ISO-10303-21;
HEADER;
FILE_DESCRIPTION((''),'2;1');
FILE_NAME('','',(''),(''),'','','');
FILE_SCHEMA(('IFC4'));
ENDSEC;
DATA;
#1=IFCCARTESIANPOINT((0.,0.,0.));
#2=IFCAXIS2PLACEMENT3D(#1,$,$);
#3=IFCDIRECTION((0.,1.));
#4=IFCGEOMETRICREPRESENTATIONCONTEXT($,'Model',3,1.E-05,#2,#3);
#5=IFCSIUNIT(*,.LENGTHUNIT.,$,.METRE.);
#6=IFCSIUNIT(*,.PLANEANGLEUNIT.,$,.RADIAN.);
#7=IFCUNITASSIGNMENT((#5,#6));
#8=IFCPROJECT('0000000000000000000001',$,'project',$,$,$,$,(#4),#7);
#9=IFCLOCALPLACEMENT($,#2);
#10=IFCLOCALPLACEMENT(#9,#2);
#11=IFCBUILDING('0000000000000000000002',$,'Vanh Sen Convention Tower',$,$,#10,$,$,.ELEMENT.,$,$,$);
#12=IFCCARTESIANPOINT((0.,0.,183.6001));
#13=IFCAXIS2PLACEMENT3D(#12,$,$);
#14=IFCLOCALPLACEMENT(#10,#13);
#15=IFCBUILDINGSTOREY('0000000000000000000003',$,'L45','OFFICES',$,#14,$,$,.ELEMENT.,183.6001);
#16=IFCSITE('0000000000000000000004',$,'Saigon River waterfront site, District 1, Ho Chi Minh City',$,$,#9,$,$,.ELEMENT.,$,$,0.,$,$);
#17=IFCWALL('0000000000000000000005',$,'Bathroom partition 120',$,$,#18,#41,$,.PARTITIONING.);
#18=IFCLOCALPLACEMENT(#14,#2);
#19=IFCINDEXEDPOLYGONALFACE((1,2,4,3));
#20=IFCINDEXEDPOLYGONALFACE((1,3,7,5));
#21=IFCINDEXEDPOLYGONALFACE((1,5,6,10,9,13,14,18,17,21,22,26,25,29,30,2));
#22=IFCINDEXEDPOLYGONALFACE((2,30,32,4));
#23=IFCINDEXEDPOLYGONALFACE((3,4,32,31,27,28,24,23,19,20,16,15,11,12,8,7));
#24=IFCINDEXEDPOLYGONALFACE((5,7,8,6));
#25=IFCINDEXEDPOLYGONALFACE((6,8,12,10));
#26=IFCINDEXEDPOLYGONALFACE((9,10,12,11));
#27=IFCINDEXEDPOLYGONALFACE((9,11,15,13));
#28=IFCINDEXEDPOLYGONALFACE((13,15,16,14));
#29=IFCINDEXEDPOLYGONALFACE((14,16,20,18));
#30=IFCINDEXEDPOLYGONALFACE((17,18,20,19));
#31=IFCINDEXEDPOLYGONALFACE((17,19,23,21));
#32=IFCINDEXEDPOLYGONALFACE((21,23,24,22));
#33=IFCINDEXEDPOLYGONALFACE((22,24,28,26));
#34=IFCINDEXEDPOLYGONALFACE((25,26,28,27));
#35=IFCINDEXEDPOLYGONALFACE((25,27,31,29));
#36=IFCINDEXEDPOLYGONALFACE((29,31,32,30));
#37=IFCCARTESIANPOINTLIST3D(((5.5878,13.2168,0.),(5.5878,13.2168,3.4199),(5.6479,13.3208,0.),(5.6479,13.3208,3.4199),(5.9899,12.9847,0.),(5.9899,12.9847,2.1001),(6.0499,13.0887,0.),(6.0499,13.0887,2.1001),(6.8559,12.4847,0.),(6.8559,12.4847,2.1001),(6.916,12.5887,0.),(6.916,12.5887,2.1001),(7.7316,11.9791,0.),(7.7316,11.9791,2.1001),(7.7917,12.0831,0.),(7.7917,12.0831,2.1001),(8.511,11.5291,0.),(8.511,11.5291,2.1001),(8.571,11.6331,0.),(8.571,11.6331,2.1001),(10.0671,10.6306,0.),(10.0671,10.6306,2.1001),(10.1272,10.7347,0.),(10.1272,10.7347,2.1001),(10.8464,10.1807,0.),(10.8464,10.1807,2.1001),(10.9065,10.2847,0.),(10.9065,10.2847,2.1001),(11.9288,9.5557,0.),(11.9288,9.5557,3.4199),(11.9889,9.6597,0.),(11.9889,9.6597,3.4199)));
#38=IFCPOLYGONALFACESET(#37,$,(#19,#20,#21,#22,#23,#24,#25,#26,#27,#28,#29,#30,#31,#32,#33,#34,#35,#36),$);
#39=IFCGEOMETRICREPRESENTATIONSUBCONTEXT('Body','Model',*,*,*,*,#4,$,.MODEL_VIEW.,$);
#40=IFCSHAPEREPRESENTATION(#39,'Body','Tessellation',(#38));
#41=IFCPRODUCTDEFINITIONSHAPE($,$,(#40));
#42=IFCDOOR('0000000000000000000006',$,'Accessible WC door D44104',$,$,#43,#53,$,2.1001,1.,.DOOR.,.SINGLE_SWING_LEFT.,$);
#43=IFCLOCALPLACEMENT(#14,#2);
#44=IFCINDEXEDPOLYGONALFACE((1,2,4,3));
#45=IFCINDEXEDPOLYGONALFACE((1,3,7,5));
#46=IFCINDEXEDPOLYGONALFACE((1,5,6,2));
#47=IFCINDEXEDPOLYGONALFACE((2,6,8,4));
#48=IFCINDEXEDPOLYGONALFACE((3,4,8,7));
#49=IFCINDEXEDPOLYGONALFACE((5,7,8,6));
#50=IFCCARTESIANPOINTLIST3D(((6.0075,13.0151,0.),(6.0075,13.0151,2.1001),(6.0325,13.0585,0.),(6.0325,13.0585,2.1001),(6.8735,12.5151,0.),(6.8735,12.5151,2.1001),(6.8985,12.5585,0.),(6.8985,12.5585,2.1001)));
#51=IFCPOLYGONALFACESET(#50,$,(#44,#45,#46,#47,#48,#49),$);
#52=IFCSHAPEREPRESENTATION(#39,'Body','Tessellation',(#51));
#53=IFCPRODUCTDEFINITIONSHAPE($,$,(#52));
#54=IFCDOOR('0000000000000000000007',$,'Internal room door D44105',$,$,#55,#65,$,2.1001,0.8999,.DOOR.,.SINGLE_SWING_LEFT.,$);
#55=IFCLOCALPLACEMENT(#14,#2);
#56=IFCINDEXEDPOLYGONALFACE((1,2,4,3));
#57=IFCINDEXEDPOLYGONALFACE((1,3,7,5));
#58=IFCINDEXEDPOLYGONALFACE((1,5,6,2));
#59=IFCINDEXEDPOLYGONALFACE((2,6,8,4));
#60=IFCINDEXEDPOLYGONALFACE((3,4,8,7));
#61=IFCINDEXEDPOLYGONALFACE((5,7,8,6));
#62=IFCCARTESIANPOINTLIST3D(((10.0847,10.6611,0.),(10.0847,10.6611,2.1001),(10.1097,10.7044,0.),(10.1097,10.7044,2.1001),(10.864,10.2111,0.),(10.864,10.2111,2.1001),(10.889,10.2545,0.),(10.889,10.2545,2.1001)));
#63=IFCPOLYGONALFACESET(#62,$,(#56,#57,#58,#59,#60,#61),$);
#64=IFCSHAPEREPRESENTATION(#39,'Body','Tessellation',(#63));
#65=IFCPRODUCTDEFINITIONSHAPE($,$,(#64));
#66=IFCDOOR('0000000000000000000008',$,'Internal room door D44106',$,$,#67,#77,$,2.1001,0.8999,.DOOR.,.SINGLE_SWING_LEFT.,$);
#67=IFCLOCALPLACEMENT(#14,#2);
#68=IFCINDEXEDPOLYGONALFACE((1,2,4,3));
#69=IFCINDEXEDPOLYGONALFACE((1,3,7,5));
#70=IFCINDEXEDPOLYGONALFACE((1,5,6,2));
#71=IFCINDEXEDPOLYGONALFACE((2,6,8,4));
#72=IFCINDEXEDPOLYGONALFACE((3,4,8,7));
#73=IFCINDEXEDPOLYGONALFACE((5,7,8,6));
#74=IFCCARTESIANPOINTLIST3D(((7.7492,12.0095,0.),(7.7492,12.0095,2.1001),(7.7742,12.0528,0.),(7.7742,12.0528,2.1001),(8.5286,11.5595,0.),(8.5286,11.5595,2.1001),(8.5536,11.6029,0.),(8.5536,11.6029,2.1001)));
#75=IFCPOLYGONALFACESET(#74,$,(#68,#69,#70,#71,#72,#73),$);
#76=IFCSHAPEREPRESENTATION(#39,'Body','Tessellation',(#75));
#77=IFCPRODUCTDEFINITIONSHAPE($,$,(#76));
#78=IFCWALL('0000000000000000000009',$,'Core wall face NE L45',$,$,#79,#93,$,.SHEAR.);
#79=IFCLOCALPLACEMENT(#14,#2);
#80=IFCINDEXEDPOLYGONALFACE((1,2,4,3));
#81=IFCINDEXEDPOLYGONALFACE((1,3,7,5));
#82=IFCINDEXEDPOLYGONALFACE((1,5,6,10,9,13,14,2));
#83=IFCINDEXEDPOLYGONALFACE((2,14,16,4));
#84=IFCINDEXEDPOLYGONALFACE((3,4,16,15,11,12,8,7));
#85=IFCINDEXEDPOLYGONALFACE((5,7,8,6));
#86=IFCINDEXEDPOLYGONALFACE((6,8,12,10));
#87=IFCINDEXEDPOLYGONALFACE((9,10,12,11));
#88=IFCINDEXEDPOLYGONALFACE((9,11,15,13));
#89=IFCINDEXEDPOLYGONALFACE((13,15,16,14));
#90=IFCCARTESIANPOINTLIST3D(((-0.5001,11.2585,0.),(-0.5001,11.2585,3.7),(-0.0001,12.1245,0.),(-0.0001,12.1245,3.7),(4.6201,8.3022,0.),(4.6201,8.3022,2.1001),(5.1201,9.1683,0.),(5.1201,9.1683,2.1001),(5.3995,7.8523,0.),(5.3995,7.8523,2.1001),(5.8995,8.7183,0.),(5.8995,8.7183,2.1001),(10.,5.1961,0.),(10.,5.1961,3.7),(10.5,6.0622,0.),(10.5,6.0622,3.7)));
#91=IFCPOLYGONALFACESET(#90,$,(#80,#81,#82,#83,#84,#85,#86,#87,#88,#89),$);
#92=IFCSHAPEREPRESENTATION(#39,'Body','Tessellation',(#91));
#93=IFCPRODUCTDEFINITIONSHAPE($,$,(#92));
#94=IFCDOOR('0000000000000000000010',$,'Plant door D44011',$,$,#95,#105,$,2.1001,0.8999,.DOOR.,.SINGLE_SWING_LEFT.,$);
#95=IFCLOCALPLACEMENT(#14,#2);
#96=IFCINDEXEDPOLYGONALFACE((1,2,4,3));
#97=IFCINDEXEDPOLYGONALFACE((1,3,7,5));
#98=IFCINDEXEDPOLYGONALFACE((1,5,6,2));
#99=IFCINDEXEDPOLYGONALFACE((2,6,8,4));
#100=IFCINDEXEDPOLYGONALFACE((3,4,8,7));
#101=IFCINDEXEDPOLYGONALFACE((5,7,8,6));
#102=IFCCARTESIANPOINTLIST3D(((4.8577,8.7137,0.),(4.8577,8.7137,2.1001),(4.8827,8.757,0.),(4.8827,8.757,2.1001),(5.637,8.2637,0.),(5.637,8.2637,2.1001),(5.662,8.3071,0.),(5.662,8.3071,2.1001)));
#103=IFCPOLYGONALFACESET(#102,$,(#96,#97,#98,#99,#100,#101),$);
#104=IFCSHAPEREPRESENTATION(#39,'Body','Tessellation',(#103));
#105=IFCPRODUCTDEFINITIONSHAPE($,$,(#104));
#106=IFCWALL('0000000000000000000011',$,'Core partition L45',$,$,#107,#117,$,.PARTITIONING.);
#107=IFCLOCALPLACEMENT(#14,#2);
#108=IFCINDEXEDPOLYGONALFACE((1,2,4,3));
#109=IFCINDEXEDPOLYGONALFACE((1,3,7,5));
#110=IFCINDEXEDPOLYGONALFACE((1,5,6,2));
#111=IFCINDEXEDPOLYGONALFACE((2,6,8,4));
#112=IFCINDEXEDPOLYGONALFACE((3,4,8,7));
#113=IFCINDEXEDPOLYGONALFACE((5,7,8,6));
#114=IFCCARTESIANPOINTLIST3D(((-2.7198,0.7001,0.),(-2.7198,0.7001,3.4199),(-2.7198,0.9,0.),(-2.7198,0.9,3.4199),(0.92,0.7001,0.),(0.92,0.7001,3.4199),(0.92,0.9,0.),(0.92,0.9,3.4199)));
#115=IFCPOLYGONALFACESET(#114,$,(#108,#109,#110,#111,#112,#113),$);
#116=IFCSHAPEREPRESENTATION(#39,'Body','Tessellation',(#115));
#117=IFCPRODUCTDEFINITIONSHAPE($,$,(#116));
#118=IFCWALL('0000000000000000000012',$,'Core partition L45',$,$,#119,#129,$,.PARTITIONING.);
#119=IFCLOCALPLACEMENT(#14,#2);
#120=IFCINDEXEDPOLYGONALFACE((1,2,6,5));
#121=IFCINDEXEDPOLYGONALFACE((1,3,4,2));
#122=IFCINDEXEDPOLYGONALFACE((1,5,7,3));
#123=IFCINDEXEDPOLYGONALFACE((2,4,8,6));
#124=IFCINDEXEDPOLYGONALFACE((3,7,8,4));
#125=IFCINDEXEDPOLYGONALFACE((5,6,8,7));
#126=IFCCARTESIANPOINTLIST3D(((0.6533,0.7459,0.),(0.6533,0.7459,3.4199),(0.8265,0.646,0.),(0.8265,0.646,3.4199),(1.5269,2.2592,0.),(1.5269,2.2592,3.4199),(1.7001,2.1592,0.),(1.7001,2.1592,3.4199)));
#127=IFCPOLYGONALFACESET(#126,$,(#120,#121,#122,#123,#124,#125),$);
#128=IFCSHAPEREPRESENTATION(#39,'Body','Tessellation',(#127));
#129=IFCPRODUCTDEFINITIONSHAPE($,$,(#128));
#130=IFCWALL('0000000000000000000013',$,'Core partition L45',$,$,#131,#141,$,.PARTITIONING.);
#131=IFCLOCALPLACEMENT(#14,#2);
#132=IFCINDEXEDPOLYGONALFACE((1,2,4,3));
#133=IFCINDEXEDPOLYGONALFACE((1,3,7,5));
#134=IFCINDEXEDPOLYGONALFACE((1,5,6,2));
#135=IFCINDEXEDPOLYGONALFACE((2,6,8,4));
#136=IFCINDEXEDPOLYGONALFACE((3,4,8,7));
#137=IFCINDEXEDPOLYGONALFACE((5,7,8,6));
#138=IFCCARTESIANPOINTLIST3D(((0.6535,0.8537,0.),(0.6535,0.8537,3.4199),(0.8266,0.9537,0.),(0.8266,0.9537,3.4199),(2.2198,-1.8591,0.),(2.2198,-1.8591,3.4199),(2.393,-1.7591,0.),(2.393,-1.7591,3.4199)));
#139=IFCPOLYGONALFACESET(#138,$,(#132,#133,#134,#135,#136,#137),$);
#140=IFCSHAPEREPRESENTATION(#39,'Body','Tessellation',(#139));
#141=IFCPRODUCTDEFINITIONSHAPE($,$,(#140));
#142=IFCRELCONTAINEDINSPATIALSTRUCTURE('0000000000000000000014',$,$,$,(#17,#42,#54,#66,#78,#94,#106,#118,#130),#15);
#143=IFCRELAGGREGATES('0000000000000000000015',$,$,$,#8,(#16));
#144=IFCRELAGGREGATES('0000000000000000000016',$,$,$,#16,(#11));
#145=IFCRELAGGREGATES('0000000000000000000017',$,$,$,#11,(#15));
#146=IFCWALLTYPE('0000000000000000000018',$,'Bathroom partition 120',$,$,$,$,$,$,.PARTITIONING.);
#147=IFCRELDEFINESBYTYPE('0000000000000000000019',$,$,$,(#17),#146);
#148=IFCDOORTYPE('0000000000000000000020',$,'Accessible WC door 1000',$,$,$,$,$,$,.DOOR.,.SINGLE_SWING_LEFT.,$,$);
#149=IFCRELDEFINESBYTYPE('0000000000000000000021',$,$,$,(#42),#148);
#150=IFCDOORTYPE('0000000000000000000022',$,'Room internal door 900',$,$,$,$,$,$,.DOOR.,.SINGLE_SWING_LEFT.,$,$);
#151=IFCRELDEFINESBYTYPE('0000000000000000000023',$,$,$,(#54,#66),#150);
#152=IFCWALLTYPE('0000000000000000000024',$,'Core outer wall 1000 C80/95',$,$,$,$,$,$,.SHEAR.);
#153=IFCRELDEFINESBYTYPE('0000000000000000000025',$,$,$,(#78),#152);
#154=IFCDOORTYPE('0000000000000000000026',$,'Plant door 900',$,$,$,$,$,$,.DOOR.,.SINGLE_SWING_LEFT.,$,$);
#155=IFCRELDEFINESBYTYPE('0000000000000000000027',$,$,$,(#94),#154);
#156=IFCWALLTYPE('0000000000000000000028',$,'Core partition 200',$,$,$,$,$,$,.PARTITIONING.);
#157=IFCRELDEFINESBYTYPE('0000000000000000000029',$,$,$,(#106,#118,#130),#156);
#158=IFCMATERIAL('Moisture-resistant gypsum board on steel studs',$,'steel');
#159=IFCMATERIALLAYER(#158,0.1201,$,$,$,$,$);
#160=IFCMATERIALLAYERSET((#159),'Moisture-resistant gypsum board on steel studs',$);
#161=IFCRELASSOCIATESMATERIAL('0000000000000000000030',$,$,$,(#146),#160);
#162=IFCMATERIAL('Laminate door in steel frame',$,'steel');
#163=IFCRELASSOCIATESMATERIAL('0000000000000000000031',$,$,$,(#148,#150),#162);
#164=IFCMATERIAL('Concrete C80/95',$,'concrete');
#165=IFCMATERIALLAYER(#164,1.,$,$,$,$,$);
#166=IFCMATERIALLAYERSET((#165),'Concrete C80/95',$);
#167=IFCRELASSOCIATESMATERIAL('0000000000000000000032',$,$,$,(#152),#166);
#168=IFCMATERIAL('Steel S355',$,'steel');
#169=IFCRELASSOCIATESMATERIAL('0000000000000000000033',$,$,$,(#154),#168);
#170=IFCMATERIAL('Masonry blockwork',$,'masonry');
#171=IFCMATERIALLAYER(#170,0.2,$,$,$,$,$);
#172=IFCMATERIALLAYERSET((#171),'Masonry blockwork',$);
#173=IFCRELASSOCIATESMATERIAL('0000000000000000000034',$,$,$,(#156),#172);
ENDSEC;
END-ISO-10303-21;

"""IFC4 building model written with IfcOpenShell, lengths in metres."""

from ifc_helpers import new_model, si_unit, direction, frame, frame_2d, origin, place, context, subcontext, project, spatial, rectangle, extrude, material, layer, layer_set, type_object, element, fill, save


model = new_model("IFC4")

# Units and contexts
model_context = context("Model", 3, precision=1e-05, world=origin(), true_north=direction((0.0, 1.0)))
body_context = subcontext(model_context, "Body", "Model", "MODEL_VIEW")
ifc_project = project(units=[si_unit("LENGTHUNIT", "METRE"), si_unit("PLANEANGLEUNIT", "RADIAN")], contexts=[model_context])

# Site, building, storey
site_placement = place(None, origin())
site = spatial("IfcSite", under=ifc_project, at=site_placement, Name="Saigon River waterfront site, District 1, Ho Chi Minh City", CompositionType="ELEMENT", RefElevation=0.0)
building_placement = place(site_placement, origin())
building = spatial("IfcBuilding", under=site, at=building_placement, Name="Vanh Sen Convention Tower", CompositionType="ELEMENT")
storey_placement = place(building_placement, frame((0.0, 0.0, 183.6001)))
storey = spatial("IfcBuildingStorey", under=building, at=storey_placement, Name="L45", Description="OFFICES", CompositionType="ELEMENT", Elevation=183.6001)

# Wall, openings, doors
ifc_material_1 = material(Name="Moisture-resistant gypsum board on steel studs", Category="steel")
ifc_layer_1 = layer(ifc_material_1, 0.1201)
ifc_layer_set_1 = layer_set([ifc_layer_1], Name="Moisture-resistant gypsum board on steel studs")
wall_type_1 = type_object("IfcWallType", Name="Bathroom partition 120", PredefinedType="PARTITIONING", material=ifc_layer_set_1)
wall_1_placement = place(storey_placement, frame((11.959, 9.6077, 0.0), z_axis=(0.0, 0.0, 1.0), x_axis=(-0.866018, 0.500012, 0.0)))
wall_1 = element("IfcWall", 1, at=wall_1_placement, inside=storey, type_object=wall_type_1, Name="Bathroom partition 120", PredefinedType="PARTITIONING", context=body_context, shape_type="SweptSolid", body=[
    extrude(rectangle(XDim=7.322, YDim=0.1201, at=frame_2d((3.6611, 0.0))), origin(), (0.0, 0.0, 1.0), 3.4199),
])
opening_1_placement = place(wall_1_placement, frame((5.8579, 0.0, 0.0)))
opening_1 = element("IfcOpeningElement", 2, at=opening_1_placement, cuts=wall_1, PredefinedType="OPENING", context=body_context, shape_type="SweptSolid", body=[
    extrude(rectangle(XDim=1.0, YDim=2.1001, at=frame_2d((0.5, 1.05))), frame((0.0, 0.0701, 0.0), z_axis=(0.0, -1.0, 0.0), x_axis=(1.0, 0.0, 0.0)), (0.0, 0.0, 1.0), 0.1401),
])
opening_2_placement = place(wall_1_placement, frame((1.25, 0.0, 0.0)))
opening_2 = element("IfcOpeningElement", 3, at=opening_2_placement, cuts=wall_1, PredefinedType="OPENING", context=body_context, shape_type="SweptSolid", body=[
    extrude(rectangle(XDim=0.8999, YDim=2.1001, at=frame_2d((0.45, 1.05))), frame((0.0, 0.0701, 0.0), z_axis=(0.0, -1.0, 0.0), x_axis=(1.0, 0.0, 0.0)), (0.0, 0.0, 1.0), 0.1401),
])
opening_3_placement = place(wall_1_placement, frame((3.9468, 0.0, 0.0)))
opening_3 = element("IfcOpeningElement", 4, at=opening_3_placement, cuts=wall_1, PredefinedType="OPENING", context=body_context, shape_type="SweptSolid", body=[
    extrude(rectangle(XDim=0.8999, YDim=2.1001, at=frame_2d((0.45, 1.05))), frame((0.0, 0.0701, 0.0), z_axis=(0.0, -1.0, 0.0), x_axis=(1.0, 0.0, 0.0)), (0.0, 0.0, 1.0), 0.1401),
])
ifc_material_2 = material(Name="Laminate door in steel frame", Category="steel")
door_type_1 = type_object("IfcDoorType", Name="Accessible WC door 1000", OperationType="SINGLE_SWING_LEFT", PredefinedType="DOOR", material=ifc_material_2)
door_1_placement = place(opening_1_placement, origin())
door_1 = element("IfcDoor", 5, at=door_1_placement, inside=storey, type_object=door_type_1, Name="Accessible WC door D44104", OperationType="SINGLE_SWING_LEFT", OverallHeight=2.1001, OverallWidth=1.0, PredefinedType="DOOR", context=body_context, shape_type="SweptSolid", body=[
    extrude(rectangle(XDim=1.0, YDim=2.1001, at=frame_2d((0.5, 1.05))), frame((0.0, 0.0249, 0.0), z_axis=(0.0, -1.0, 0.0), x_axis=(1.0, 0.0, 0.0)), (0.0, 0.0, 1.0), 0.05),
])
fill(opening_1, door_1)
door_type_2 = type_object("IfcDoorType", Name="Room internal door 900", OperationType="SINGLE_SWING_LEFT", PredefinedType="DOOR", material=ifc_material_2)
door_2_placement = place(opening_2_placement, origin())
door_2 = element("IfcDoor", 6, at=door_2_placement, inside=storey, type_object=door_type_2, Name="Internal room door D44105", OperationType="SINGLE_SWING_LEFT", OverallHeight=2.1001, OverallWidth=0.8999, PredefinedType="DOOR", context=body_context, shape_type="SweptSolid", body=[
    extrude(rectangle(XDim=0.8999, YDim=2.1001, at=frame_2d((0.45, 1.05))), frame((0.0, 0.0249, 0.0), z_axis=(0.0, -1.0, 0.0), x_axis=(1.0, 0.0, 0.0)), (0.0, 0.0, 1.0), 0.05),
])
fill(opening_2, door_2)
door_3_placement = place(opening_3_placement, origin())
door_3 = element("IfcDoor", 7, at=door_3_placement, inside=storey, type_object=door_type_2, Name="Internal room door D44106", OperationType="SINGLE_SWING_LEFT", OverallHeight=2.1001, OverallWidth=0.8999, PredefinedType="DOOR", context=body_context, shape_type="SweptSolid", body=[
    extrude(rectangle(XDim=0.8999, YDim=2.1001, at=frame_2d((0.45, 1.05))), frame((0.0, 0.0249, 0.0), z_axis=(0.0, -1.0, 0.0), x_axis=(1.0, 0.0, 0.0)), (0.0, 0.0, 1.0), 0.05),
])
fill(opening_3, door_3)

# Wall, opening, door
ifc_material_3 = material(Name="Concrete C80/95", Category="concrete")
ifc_layer_2 = layer(ifc_material_3, 1.0)
ifc_layer_set_2 = layer_set([ifc_layer_2], Name="Concrete C80/95")
wall_type_2 = type_object("IfcWallType", Name="Core outer wall 1000 C80/95", PredefinedType="SHEAR", material=ifc_layer_set_2)
wall_2_placement = place(storey_placement, frame((10.25, 5.6292, 0.0), z_axis=(0.0, 0.0, 1.0), x_axis=(-0.866023, 0.500005, 0.0)))
wall_2 = element("IfcWall", 8, at=wall_2_placement, inside=storey, type_object=wall_type_2, Name="Core wall face NE L45", PredefinedType="SHEAR", context=body_context, shape_type="SweptSolid", body=[
    extrude(rectangle(XDim=12.1245, YDim=1.0, at=frame_2d((6.0623, 0.0))), origin(), (0.0, 0.0, 1.0), 3.7),
])
opening_4_placement = place(wall_2_placement, frame((5.3123, 0.0, 0.0)))
opening_4 = element("IfcOpeningElement", 9, at=opening_4_placement, cuts=wall_2, PredefinedType="OPENING", context=body_context, shape_type="SweptSolid", body=[
    extrude(rectangle(XDim=0.8999, YDim=2.1001, at=frame_2d((0.45, 1.05))), frame((0.0, 0.51, 0.0), z_axis=(0.0, -1.0, 0.0), x_axis=(1.0, 0.0, 0.0)), (0.0, 0.0, 1.0), 1.02),
])
ifc_material_4 = material(Name="Steel S355", Category="steel")
door_type_3 = type_object("IfcDoorType", Name="Plant door 900", OperationType="SINGLE_SWING_LEFT", PredefinedType="DOOR", material=ifc_material_4)
door_4_placement = place(opening_4_placement, origin())
door_4 = element("IfcDoor", 10, at=door_4_placement, inside=storey, type_object=door_type_3, Name="Plant door D44011", OperationType="SINGLE_SWING_LEFT", OverallHeight=2.1001, OverallWidth=0.8999, PredefinedType="DOOR", context=body_context, shape_type="SweptSolid", body=[
    extrude(rectangle(XDim=0.8999, YDim=2.1001, at=frame_2d((0.45, 1.05))), frame((0.0, 0.0249, 0.0), z_axis=(0.0, -1.0, 0.0), x_axis=(1.0, 0.0, 0.0)), (0.0, 0.0, 1.0), 0.05),
])
fill(opening_4, door_4)

# Walls
ifc_material_5 = material(Name="Masonry blockwork", Category="masonry")
ifc_layer_3 = layer(ifc_material_5, 0.2)
ifc_layer_set_3 = layer_set([ifc_layer_3], Name="Masonry blockwork")
wall_type_3 = type_object("IfcWallType", Name="Core partition 200", PredefinedType="PARTITIONING", material=ifc_layer_set_3)
wall_3_placement = place(storey_placement, frame((0.9199, 0.8, 0.0), z_axis=(0.0, 0.0, 1.0), x_axis=(-1.0, 0.0, 0.0)))
element("IfcWall", 11, at=wall_3_placement, inside=storey, type_object=wall_type_3, Name="Core partition L45", PredefinedType="PARTITIONING", context=body_context, shape_type="SweptSolid", body=[
    extrude(rectangle(XDim=3.6399, YDim=0.2, at=frame_2d((1.8198, 0.0))), origin(), (0.0, 0.0, 1.0), 3.4199),
])
wall_4_placement = place(storey_placement, frame((0.74, 0.696, 0.0), z_axis=(0.0, 0.0, 1.0), x_axis=(0.499956, 0.866051, 0.0)))
element("IfcWall", 12, at=wall_4_placement, inside=storey, type_object=wall_type_3, Name="Core partition L45", PredefinedType="PARTITIONING", context=body_context, shape_type="SweptSolid", body=[
    extrude(rectangle(XDim=1.7473, YDim=0.2, at=frame_2d((0.8735, 0.0))), origin(), (0.0, 0.0, 1.0), 3.4199),
])
wall_5_placement = place(storey_placement, frame((0.74, 0.9038, 0.0), z_axis=(0.0, 0.0, 1.0), x_axis=(0.500028, -0.866009, 0.0)))
element("IfcWall", 13, at=wall_5_placement, inside=storey, type_object=wall_type_3, Name="Core partition L45", PredefinedType="PARTITIONING", context=body_context, shape_type="SweptSolid", body=[
    extrude(rectangle(XDim=3.1326, YDim=0.2, at=frame_2d((1.5664, 0.0))), origin(), (0.0, 0.0, 1.0), 3.4199),
])

save(model, "model.ifc")
